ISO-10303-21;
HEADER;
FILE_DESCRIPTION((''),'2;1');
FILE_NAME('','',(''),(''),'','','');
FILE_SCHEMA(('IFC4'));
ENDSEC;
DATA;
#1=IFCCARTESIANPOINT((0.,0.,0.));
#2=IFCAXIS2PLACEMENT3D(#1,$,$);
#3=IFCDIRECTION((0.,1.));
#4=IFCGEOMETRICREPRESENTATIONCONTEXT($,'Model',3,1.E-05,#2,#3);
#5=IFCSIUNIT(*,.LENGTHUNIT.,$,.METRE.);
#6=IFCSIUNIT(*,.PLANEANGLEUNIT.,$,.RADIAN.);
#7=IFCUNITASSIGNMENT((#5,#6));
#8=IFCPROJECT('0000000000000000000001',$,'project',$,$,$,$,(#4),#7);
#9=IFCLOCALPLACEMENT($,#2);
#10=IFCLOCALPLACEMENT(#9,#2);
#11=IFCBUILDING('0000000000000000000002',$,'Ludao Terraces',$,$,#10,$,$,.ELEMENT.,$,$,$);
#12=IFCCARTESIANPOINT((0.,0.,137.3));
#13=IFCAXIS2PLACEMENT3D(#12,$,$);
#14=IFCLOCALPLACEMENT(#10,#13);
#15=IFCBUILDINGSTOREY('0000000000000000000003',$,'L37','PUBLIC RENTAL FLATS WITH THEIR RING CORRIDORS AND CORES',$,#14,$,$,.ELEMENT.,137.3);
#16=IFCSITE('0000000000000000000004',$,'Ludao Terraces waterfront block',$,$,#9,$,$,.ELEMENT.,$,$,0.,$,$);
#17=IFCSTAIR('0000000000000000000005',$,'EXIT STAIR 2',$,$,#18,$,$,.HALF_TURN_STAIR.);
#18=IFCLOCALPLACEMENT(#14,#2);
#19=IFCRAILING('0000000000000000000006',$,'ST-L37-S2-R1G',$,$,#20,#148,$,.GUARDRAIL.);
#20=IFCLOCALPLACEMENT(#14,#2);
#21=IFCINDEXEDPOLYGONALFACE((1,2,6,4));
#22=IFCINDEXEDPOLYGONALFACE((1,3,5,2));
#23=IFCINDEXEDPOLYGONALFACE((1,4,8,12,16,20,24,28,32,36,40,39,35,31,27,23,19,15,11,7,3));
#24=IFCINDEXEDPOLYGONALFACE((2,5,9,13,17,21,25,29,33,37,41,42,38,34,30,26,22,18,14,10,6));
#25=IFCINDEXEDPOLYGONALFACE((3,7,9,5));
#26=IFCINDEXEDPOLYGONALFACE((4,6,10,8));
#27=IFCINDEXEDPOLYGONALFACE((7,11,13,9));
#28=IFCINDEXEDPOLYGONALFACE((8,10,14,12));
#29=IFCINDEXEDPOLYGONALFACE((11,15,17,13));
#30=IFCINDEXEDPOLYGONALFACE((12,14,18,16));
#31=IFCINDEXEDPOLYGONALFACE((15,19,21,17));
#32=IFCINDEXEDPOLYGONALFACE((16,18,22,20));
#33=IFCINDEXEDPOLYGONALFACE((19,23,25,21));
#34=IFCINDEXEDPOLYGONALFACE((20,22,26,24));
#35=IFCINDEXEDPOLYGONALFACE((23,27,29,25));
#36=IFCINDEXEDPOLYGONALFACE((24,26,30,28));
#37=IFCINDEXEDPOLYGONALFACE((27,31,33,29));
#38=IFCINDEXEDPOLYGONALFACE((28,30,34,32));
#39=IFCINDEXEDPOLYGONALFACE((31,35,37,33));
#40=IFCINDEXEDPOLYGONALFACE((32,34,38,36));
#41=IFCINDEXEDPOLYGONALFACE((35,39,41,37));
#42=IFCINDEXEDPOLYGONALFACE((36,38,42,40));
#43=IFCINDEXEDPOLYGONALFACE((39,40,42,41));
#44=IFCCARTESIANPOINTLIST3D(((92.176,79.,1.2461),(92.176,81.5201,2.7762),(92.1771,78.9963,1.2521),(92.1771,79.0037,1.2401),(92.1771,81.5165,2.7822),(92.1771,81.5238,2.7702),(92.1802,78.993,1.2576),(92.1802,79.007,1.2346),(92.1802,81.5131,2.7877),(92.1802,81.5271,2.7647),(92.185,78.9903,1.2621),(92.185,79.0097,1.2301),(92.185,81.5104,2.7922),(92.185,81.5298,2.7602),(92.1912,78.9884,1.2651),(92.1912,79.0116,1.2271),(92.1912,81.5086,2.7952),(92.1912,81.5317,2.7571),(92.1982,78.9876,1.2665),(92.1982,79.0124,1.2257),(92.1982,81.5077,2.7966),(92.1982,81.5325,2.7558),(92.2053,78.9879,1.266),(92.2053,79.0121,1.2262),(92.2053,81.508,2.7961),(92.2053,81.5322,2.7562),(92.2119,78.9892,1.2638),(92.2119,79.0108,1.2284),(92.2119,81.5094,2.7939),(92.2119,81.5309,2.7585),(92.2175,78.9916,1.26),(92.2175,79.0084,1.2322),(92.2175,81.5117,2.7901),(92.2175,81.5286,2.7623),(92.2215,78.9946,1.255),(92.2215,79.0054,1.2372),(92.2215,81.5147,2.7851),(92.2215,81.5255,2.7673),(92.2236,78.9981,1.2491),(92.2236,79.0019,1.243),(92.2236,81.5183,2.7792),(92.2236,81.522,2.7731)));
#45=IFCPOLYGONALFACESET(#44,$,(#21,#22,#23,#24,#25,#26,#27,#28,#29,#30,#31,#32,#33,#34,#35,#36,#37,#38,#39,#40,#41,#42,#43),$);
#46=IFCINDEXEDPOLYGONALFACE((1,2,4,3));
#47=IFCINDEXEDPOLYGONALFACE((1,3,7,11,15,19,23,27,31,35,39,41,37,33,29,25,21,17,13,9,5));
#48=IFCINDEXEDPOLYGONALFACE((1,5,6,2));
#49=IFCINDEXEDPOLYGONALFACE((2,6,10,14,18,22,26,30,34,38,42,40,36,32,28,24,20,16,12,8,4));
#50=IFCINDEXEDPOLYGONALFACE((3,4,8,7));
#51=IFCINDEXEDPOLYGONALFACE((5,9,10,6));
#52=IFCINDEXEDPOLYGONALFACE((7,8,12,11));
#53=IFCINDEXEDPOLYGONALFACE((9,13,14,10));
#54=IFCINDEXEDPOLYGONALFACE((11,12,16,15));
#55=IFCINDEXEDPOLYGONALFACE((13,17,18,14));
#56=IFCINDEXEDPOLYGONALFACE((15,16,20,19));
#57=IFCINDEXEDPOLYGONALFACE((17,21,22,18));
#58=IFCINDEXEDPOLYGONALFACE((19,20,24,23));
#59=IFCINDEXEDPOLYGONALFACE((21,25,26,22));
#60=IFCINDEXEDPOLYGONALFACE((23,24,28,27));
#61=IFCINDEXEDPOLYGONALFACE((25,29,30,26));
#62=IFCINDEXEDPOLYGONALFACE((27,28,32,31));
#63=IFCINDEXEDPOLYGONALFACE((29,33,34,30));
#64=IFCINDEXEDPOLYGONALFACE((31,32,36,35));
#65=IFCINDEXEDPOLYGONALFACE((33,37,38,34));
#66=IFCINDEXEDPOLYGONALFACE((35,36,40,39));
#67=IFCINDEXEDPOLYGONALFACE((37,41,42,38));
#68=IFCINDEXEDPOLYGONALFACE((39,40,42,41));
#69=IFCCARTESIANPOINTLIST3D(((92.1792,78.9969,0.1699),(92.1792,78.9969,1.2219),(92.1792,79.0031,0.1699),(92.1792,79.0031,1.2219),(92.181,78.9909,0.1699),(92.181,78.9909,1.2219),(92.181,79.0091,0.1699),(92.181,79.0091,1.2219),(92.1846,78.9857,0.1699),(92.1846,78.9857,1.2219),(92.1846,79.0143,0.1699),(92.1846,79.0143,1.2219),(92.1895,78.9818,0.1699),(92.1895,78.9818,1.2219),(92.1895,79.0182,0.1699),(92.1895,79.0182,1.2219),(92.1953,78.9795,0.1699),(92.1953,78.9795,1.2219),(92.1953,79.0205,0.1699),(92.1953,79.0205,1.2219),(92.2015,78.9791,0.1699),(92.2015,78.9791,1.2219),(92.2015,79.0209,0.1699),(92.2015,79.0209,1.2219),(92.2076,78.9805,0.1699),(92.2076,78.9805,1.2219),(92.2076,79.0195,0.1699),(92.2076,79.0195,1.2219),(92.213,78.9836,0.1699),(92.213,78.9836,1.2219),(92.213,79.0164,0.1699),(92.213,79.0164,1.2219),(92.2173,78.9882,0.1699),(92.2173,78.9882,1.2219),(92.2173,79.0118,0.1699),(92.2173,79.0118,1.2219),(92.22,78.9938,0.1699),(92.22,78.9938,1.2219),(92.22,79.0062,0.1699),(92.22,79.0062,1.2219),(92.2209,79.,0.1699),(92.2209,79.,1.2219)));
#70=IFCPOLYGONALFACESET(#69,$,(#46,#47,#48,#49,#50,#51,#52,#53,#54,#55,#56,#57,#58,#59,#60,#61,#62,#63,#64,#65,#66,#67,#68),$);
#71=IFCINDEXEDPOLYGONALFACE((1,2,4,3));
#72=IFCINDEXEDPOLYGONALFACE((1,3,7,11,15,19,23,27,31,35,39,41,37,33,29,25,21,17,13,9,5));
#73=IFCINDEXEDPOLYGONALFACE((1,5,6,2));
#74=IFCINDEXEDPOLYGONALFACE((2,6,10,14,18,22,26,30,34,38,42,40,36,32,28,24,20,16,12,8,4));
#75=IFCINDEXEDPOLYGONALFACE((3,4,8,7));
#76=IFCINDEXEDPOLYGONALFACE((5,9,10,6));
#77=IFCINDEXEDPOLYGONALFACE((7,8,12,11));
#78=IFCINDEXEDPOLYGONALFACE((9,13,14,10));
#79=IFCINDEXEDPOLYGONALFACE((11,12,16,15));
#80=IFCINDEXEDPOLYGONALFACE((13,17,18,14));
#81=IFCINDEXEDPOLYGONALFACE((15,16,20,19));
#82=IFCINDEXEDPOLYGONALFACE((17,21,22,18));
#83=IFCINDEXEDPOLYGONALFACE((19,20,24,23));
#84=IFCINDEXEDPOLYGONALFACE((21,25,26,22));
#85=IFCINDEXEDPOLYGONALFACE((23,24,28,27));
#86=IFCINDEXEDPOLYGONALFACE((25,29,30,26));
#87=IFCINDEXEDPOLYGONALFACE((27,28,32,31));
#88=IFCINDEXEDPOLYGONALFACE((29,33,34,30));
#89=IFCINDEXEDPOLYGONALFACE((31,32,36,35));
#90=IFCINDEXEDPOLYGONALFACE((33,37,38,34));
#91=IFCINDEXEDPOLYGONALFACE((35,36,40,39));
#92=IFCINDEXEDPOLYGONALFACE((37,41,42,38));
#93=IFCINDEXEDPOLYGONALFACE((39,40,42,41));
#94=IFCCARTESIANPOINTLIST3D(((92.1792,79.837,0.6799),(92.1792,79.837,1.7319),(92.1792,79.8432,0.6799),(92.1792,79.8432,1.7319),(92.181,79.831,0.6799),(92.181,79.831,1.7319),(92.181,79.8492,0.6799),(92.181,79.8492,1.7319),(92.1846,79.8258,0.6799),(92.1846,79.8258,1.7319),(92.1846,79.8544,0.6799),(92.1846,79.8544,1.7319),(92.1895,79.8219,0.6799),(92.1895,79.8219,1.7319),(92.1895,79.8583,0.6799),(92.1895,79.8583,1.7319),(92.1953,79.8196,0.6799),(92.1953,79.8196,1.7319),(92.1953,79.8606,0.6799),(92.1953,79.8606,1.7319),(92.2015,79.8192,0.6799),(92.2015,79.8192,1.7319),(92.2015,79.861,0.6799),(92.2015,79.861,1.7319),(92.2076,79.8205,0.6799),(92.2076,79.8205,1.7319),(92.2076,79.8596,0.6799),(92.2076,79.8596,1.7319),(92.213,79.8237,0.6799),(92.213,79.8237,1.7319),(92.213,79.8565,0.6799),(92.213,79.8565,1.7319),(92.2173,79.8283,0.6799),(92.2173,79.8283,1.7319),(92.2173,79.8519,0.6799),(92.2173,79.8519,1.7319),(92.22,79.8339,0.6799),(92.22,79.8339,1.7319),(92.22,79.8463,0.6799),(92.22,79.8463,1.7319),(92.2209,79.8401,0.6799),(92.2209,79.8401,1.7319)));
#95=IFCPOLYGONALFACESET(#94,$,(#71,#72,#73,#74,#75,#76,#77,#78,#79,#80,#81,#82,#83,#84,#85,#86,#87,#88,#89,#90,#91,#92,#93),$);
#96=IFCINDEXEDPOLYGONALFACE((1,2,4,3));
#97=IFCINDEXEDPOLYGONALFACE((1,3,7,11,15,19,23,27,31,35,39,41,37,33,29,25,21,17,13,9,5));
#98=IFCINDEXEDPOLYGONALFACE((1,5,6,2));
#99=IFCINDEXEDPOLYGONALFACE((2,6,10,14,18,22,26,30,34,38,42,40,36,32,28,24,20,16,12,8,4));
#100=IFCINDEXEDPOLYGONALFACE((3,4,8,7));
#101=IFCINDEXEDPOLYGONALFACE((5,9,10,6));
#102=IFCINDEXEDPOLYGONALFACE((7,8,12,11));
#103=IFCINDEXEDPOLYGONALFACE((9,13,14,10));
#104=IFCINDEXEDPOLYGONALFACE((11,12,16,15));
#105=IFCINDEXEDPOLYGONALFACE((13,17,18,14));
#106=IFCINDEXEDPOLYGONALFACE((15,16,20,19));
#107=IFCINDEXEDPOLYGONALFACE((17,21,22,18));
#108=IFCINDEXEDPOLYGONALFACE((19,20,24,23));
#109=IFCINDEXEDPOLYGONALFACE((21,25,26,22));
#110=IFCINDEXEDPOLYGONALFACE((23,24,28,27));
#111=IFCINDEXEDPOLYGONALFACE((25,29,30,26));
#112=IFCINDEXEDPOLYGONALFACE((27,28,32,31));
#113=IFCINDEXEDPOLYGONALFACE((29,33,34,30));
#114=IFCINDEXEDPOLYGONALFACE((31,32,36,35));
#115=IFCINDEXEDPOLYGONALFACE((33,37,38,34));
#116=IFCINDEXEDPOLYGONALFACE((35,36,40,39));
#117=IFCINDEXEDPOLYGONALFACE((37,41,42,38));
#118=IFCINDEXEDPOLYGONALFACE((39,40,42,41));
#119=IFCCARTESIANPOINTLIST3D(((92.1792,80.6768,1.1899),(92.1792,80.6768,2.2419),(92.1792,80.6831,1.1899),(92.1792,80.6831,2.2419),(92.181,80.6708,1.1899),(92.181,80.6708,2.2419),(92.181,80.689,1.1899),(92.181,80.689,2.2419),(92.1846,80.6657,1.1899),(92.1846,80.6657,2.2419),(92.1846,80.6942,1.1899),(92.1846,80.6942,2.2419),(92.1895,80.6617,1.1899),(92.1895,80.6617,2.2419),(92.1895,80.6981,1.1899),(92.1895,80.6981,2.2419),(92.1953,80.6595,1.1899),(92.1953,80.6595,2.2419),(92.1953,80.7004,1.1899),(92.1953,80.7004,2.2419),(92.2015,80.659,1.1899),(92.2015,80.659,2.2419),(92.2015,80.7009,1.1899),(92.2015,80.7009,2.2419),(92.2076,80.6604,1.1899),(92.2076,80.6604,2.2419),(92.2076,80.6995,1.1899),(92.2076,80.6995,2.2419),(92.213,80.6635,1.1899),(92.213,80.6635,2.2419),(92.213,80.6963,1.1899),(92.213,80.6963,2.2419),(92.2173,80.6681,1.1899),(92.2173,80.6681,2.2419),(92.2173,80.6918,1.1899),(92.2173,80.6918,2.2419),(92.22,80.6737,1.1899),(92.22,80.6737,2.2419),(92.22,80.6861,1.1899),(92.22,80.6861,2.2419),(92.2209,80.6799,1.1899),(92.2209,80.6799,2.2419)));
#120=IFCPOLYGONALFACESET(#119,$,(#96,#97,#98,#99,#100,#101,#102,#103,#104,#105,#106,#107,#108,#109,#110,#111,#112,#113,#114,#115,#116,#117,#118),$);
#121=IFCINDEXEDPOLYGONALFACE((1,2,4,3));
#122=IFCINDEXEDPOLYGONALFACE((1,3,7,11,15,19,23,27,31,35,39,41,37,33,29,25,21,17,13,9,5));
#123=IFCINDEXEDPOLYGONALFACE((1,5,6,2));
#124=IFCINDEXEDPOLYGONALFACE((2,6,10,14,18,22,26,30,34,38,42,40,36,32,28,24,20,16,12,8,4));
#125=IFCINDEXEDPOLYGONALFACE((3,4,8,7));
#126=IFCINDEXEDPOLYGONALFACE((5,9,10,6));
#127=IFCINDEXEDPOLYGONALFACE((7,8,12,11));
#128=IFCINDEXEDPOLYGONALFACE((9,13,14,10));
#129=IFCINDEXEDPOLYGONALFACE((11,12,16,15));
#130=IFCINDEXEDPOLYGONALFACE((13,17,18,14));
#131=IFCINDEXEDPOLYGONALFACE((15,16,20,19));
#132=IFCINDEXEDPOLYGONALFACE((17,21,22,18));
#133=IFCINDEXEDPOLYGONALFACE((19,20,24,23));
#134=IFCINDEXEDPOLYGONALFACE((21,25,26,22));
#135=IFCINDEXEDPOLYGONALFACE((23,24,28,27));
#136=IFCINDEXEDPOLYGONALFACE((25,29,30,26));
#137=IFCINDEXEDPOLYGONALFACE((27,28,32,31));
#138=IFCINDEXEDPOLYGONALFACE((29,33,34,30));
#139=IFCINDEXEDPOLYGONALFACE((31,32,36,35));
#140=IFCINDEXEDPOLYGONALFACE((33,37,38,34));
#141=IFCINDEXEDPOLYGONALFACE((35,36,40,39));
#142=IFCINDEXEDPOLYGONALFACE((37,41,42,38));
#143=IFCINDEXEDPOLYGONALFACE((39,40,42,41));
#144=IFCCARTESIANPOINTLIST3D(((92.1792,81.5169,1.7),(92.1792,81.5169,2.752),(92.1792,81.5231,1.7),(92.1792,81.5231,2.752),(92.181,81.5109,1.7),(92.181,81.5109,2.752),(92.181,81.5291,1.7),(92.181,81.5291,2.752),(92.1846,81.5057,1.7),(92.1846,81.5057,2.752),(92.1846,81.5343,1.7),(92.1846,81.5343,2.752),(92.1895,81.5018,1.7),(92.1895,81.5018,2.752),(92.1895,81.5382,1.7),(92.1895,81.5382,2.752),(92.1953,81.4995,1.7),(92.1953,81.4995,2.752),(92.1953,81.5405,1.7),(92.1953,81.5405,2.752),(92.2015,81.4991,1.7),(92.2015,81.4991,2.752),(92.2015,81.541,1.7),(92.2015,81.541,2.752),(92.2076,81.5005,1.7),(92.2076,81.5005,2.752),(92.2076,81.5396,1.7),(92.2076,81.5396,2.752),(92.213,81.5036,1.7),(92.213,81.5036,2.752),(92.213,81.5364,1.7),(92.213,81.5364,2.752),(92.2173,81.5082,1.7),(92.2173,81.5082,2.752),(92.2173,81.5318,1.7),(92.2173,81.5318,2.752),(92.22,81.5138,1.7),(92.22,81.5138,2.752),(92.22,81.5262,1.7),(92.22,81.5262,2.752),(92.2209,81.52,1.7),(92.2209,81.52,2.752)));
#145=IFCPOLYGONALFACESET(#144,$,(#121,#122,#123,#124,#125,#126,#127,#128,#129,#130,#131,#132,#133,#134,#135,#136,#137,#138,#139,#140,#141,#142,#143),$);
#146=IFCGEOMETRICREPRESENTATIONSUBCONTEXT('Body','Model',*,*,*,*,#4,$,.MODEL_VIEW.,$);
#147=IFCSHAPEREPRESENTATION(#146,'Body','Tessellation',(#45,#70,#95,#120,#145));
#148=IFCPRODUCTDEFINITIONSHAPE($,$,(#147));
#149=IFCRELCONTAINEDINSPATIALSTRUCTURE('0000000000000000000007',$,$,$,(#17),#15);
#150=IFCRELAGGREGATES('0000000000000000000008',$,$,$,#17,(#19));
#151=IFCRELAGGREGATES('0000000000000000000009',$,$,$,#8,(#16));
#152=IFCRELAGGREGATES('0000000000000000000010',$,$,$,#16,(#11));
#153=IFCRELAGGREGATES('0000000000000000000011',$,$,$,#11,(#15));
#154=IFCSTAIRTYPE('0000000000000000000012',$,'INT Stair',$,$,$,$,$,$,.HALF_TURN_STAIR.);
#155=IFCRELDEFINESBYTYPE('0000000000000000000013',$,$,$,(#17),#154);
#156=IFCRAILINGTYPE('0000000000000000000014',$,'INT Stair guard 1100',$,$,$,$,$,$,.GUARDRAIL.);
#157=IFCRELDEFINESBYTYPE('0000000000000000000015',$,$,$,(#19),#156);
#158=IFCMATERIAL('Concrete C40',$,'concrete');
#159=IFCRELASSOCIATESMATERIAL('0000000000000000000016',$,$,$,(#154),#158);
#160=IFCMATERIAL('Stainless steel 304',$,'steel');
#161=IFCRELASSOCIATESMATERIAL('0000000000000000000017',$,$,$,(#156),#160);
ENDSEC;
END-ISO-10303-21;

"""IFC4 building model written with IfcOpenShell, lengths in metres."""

from ifc_helpers import new_model, si_unit, direction, frame, origin, origin_2d, place, context, subcontext, project, spatial, circle, extrude, material, type_object, element, aggregate, save


model = new_model("IFC4")

# Units and contexts
model_context = context("Model", 3, precision=1e-05, world=origin(), true_north=direction((0.0, 1.0)))
body_context = subcontext(model_context, "Body", "Model", "MODEL_VIEW")
ifc_project = project(units=[si_unit("LENGTHUNIT", "METRE"), si_unit("PLANEANGLEUNIT", "RADIAN")], contexts=[model_context])

# Site, building, storey
site_placement = place(None, origin())
site = spatial("IfcSite", under=ifc_project, at=site_placement, Name="Ludao Terraces waterfront block", CompositionType="ELEMENT", RefElevation=0.0)
building_placement = place(site_placement, origin())
building = spatial("IfcBuilding", under=site, at=building_placement, Name="Ludao Terraces", CompositionType="ELEMENT")
storey_placement = place(building_placement, frame((0.0, 0.0, 137.3)))
storey = spatial("IfcBuildingStorey", under=building, at=storey_placement, Name="L37", Description="PUBLIC RENTAL FLATS WITH THEIR RING CORRIDORS AND CORES", CompositionType="ELEMENT", Elevation=137.3)

# Shared definitions
ifc_material_1 = material(Name="Stainless steel 304", Category="steel")

# Stair, railing
ifc_material_2 = material(Name="Concrete C40", Category="concrete")
stair_type = type_object("IfcStairType", Name="INT Stair", PredefinedType="HALF_TURN_STAIR", material=ifc_material_2)
stair_placement = place(storey_placement, origin())
stair = element("IfcStair", 1, at=stair_placement, inside=storey, type_object=stair_type, Name="EXIT STAIR 2", PredefinedType="HALF_TURN_STAIR")
railing_type_1 = type_object("IfcRailingType", Name="INT Stair guard 1100", PredefinedType="GUARDRAIL", material=ifc_material_1)
railing_1_placement = place(storey_placement, frame((92.2, 79.0, 0.1699)))
railing_1 = element("IfcRailing", 2, at=railing_1_placement, type_object=railing_type_1, Name="ST-L37-S2-R1G", PredefinedType="GUARDRAIL", context=body_context, shape_type="SweptSolid", body=[
    extrude(circle(Radius=0.0239, at=origin_2d()), frame((0.0, 0.0, 1.0762), z_axis=(0.0, 0.854785, 0.518982), x_axis=(-1.0, 0.0, 0.0)), (0.0, 0.0, 1.0), 2.9482),
    extrude(circle(Radius=0.021, at=origin_2d()), origin(), (0.0, 0.0, 1.0), 1.052),
    extrude(circle(Radius=0.021, at=origin_2d()), frame((0.0, 0.8401, 0.51)), (0.0, 0.0, 1.0), 1.052),
    extrude(circle(Radius=0.021, at=origin_2d()), frame((0.0, 1.6799, 1.02)), (0.0, 0.0, 1.0), 1.052),
    extrude(circle(Radius=0.021, at=origin_2d()), frame((0.0, 2.52, 1.53)), (0.0, 0.0, 1.0), 1.052),
])
aggregate(stair, [railing_1])

save(model, "model.ifc")
